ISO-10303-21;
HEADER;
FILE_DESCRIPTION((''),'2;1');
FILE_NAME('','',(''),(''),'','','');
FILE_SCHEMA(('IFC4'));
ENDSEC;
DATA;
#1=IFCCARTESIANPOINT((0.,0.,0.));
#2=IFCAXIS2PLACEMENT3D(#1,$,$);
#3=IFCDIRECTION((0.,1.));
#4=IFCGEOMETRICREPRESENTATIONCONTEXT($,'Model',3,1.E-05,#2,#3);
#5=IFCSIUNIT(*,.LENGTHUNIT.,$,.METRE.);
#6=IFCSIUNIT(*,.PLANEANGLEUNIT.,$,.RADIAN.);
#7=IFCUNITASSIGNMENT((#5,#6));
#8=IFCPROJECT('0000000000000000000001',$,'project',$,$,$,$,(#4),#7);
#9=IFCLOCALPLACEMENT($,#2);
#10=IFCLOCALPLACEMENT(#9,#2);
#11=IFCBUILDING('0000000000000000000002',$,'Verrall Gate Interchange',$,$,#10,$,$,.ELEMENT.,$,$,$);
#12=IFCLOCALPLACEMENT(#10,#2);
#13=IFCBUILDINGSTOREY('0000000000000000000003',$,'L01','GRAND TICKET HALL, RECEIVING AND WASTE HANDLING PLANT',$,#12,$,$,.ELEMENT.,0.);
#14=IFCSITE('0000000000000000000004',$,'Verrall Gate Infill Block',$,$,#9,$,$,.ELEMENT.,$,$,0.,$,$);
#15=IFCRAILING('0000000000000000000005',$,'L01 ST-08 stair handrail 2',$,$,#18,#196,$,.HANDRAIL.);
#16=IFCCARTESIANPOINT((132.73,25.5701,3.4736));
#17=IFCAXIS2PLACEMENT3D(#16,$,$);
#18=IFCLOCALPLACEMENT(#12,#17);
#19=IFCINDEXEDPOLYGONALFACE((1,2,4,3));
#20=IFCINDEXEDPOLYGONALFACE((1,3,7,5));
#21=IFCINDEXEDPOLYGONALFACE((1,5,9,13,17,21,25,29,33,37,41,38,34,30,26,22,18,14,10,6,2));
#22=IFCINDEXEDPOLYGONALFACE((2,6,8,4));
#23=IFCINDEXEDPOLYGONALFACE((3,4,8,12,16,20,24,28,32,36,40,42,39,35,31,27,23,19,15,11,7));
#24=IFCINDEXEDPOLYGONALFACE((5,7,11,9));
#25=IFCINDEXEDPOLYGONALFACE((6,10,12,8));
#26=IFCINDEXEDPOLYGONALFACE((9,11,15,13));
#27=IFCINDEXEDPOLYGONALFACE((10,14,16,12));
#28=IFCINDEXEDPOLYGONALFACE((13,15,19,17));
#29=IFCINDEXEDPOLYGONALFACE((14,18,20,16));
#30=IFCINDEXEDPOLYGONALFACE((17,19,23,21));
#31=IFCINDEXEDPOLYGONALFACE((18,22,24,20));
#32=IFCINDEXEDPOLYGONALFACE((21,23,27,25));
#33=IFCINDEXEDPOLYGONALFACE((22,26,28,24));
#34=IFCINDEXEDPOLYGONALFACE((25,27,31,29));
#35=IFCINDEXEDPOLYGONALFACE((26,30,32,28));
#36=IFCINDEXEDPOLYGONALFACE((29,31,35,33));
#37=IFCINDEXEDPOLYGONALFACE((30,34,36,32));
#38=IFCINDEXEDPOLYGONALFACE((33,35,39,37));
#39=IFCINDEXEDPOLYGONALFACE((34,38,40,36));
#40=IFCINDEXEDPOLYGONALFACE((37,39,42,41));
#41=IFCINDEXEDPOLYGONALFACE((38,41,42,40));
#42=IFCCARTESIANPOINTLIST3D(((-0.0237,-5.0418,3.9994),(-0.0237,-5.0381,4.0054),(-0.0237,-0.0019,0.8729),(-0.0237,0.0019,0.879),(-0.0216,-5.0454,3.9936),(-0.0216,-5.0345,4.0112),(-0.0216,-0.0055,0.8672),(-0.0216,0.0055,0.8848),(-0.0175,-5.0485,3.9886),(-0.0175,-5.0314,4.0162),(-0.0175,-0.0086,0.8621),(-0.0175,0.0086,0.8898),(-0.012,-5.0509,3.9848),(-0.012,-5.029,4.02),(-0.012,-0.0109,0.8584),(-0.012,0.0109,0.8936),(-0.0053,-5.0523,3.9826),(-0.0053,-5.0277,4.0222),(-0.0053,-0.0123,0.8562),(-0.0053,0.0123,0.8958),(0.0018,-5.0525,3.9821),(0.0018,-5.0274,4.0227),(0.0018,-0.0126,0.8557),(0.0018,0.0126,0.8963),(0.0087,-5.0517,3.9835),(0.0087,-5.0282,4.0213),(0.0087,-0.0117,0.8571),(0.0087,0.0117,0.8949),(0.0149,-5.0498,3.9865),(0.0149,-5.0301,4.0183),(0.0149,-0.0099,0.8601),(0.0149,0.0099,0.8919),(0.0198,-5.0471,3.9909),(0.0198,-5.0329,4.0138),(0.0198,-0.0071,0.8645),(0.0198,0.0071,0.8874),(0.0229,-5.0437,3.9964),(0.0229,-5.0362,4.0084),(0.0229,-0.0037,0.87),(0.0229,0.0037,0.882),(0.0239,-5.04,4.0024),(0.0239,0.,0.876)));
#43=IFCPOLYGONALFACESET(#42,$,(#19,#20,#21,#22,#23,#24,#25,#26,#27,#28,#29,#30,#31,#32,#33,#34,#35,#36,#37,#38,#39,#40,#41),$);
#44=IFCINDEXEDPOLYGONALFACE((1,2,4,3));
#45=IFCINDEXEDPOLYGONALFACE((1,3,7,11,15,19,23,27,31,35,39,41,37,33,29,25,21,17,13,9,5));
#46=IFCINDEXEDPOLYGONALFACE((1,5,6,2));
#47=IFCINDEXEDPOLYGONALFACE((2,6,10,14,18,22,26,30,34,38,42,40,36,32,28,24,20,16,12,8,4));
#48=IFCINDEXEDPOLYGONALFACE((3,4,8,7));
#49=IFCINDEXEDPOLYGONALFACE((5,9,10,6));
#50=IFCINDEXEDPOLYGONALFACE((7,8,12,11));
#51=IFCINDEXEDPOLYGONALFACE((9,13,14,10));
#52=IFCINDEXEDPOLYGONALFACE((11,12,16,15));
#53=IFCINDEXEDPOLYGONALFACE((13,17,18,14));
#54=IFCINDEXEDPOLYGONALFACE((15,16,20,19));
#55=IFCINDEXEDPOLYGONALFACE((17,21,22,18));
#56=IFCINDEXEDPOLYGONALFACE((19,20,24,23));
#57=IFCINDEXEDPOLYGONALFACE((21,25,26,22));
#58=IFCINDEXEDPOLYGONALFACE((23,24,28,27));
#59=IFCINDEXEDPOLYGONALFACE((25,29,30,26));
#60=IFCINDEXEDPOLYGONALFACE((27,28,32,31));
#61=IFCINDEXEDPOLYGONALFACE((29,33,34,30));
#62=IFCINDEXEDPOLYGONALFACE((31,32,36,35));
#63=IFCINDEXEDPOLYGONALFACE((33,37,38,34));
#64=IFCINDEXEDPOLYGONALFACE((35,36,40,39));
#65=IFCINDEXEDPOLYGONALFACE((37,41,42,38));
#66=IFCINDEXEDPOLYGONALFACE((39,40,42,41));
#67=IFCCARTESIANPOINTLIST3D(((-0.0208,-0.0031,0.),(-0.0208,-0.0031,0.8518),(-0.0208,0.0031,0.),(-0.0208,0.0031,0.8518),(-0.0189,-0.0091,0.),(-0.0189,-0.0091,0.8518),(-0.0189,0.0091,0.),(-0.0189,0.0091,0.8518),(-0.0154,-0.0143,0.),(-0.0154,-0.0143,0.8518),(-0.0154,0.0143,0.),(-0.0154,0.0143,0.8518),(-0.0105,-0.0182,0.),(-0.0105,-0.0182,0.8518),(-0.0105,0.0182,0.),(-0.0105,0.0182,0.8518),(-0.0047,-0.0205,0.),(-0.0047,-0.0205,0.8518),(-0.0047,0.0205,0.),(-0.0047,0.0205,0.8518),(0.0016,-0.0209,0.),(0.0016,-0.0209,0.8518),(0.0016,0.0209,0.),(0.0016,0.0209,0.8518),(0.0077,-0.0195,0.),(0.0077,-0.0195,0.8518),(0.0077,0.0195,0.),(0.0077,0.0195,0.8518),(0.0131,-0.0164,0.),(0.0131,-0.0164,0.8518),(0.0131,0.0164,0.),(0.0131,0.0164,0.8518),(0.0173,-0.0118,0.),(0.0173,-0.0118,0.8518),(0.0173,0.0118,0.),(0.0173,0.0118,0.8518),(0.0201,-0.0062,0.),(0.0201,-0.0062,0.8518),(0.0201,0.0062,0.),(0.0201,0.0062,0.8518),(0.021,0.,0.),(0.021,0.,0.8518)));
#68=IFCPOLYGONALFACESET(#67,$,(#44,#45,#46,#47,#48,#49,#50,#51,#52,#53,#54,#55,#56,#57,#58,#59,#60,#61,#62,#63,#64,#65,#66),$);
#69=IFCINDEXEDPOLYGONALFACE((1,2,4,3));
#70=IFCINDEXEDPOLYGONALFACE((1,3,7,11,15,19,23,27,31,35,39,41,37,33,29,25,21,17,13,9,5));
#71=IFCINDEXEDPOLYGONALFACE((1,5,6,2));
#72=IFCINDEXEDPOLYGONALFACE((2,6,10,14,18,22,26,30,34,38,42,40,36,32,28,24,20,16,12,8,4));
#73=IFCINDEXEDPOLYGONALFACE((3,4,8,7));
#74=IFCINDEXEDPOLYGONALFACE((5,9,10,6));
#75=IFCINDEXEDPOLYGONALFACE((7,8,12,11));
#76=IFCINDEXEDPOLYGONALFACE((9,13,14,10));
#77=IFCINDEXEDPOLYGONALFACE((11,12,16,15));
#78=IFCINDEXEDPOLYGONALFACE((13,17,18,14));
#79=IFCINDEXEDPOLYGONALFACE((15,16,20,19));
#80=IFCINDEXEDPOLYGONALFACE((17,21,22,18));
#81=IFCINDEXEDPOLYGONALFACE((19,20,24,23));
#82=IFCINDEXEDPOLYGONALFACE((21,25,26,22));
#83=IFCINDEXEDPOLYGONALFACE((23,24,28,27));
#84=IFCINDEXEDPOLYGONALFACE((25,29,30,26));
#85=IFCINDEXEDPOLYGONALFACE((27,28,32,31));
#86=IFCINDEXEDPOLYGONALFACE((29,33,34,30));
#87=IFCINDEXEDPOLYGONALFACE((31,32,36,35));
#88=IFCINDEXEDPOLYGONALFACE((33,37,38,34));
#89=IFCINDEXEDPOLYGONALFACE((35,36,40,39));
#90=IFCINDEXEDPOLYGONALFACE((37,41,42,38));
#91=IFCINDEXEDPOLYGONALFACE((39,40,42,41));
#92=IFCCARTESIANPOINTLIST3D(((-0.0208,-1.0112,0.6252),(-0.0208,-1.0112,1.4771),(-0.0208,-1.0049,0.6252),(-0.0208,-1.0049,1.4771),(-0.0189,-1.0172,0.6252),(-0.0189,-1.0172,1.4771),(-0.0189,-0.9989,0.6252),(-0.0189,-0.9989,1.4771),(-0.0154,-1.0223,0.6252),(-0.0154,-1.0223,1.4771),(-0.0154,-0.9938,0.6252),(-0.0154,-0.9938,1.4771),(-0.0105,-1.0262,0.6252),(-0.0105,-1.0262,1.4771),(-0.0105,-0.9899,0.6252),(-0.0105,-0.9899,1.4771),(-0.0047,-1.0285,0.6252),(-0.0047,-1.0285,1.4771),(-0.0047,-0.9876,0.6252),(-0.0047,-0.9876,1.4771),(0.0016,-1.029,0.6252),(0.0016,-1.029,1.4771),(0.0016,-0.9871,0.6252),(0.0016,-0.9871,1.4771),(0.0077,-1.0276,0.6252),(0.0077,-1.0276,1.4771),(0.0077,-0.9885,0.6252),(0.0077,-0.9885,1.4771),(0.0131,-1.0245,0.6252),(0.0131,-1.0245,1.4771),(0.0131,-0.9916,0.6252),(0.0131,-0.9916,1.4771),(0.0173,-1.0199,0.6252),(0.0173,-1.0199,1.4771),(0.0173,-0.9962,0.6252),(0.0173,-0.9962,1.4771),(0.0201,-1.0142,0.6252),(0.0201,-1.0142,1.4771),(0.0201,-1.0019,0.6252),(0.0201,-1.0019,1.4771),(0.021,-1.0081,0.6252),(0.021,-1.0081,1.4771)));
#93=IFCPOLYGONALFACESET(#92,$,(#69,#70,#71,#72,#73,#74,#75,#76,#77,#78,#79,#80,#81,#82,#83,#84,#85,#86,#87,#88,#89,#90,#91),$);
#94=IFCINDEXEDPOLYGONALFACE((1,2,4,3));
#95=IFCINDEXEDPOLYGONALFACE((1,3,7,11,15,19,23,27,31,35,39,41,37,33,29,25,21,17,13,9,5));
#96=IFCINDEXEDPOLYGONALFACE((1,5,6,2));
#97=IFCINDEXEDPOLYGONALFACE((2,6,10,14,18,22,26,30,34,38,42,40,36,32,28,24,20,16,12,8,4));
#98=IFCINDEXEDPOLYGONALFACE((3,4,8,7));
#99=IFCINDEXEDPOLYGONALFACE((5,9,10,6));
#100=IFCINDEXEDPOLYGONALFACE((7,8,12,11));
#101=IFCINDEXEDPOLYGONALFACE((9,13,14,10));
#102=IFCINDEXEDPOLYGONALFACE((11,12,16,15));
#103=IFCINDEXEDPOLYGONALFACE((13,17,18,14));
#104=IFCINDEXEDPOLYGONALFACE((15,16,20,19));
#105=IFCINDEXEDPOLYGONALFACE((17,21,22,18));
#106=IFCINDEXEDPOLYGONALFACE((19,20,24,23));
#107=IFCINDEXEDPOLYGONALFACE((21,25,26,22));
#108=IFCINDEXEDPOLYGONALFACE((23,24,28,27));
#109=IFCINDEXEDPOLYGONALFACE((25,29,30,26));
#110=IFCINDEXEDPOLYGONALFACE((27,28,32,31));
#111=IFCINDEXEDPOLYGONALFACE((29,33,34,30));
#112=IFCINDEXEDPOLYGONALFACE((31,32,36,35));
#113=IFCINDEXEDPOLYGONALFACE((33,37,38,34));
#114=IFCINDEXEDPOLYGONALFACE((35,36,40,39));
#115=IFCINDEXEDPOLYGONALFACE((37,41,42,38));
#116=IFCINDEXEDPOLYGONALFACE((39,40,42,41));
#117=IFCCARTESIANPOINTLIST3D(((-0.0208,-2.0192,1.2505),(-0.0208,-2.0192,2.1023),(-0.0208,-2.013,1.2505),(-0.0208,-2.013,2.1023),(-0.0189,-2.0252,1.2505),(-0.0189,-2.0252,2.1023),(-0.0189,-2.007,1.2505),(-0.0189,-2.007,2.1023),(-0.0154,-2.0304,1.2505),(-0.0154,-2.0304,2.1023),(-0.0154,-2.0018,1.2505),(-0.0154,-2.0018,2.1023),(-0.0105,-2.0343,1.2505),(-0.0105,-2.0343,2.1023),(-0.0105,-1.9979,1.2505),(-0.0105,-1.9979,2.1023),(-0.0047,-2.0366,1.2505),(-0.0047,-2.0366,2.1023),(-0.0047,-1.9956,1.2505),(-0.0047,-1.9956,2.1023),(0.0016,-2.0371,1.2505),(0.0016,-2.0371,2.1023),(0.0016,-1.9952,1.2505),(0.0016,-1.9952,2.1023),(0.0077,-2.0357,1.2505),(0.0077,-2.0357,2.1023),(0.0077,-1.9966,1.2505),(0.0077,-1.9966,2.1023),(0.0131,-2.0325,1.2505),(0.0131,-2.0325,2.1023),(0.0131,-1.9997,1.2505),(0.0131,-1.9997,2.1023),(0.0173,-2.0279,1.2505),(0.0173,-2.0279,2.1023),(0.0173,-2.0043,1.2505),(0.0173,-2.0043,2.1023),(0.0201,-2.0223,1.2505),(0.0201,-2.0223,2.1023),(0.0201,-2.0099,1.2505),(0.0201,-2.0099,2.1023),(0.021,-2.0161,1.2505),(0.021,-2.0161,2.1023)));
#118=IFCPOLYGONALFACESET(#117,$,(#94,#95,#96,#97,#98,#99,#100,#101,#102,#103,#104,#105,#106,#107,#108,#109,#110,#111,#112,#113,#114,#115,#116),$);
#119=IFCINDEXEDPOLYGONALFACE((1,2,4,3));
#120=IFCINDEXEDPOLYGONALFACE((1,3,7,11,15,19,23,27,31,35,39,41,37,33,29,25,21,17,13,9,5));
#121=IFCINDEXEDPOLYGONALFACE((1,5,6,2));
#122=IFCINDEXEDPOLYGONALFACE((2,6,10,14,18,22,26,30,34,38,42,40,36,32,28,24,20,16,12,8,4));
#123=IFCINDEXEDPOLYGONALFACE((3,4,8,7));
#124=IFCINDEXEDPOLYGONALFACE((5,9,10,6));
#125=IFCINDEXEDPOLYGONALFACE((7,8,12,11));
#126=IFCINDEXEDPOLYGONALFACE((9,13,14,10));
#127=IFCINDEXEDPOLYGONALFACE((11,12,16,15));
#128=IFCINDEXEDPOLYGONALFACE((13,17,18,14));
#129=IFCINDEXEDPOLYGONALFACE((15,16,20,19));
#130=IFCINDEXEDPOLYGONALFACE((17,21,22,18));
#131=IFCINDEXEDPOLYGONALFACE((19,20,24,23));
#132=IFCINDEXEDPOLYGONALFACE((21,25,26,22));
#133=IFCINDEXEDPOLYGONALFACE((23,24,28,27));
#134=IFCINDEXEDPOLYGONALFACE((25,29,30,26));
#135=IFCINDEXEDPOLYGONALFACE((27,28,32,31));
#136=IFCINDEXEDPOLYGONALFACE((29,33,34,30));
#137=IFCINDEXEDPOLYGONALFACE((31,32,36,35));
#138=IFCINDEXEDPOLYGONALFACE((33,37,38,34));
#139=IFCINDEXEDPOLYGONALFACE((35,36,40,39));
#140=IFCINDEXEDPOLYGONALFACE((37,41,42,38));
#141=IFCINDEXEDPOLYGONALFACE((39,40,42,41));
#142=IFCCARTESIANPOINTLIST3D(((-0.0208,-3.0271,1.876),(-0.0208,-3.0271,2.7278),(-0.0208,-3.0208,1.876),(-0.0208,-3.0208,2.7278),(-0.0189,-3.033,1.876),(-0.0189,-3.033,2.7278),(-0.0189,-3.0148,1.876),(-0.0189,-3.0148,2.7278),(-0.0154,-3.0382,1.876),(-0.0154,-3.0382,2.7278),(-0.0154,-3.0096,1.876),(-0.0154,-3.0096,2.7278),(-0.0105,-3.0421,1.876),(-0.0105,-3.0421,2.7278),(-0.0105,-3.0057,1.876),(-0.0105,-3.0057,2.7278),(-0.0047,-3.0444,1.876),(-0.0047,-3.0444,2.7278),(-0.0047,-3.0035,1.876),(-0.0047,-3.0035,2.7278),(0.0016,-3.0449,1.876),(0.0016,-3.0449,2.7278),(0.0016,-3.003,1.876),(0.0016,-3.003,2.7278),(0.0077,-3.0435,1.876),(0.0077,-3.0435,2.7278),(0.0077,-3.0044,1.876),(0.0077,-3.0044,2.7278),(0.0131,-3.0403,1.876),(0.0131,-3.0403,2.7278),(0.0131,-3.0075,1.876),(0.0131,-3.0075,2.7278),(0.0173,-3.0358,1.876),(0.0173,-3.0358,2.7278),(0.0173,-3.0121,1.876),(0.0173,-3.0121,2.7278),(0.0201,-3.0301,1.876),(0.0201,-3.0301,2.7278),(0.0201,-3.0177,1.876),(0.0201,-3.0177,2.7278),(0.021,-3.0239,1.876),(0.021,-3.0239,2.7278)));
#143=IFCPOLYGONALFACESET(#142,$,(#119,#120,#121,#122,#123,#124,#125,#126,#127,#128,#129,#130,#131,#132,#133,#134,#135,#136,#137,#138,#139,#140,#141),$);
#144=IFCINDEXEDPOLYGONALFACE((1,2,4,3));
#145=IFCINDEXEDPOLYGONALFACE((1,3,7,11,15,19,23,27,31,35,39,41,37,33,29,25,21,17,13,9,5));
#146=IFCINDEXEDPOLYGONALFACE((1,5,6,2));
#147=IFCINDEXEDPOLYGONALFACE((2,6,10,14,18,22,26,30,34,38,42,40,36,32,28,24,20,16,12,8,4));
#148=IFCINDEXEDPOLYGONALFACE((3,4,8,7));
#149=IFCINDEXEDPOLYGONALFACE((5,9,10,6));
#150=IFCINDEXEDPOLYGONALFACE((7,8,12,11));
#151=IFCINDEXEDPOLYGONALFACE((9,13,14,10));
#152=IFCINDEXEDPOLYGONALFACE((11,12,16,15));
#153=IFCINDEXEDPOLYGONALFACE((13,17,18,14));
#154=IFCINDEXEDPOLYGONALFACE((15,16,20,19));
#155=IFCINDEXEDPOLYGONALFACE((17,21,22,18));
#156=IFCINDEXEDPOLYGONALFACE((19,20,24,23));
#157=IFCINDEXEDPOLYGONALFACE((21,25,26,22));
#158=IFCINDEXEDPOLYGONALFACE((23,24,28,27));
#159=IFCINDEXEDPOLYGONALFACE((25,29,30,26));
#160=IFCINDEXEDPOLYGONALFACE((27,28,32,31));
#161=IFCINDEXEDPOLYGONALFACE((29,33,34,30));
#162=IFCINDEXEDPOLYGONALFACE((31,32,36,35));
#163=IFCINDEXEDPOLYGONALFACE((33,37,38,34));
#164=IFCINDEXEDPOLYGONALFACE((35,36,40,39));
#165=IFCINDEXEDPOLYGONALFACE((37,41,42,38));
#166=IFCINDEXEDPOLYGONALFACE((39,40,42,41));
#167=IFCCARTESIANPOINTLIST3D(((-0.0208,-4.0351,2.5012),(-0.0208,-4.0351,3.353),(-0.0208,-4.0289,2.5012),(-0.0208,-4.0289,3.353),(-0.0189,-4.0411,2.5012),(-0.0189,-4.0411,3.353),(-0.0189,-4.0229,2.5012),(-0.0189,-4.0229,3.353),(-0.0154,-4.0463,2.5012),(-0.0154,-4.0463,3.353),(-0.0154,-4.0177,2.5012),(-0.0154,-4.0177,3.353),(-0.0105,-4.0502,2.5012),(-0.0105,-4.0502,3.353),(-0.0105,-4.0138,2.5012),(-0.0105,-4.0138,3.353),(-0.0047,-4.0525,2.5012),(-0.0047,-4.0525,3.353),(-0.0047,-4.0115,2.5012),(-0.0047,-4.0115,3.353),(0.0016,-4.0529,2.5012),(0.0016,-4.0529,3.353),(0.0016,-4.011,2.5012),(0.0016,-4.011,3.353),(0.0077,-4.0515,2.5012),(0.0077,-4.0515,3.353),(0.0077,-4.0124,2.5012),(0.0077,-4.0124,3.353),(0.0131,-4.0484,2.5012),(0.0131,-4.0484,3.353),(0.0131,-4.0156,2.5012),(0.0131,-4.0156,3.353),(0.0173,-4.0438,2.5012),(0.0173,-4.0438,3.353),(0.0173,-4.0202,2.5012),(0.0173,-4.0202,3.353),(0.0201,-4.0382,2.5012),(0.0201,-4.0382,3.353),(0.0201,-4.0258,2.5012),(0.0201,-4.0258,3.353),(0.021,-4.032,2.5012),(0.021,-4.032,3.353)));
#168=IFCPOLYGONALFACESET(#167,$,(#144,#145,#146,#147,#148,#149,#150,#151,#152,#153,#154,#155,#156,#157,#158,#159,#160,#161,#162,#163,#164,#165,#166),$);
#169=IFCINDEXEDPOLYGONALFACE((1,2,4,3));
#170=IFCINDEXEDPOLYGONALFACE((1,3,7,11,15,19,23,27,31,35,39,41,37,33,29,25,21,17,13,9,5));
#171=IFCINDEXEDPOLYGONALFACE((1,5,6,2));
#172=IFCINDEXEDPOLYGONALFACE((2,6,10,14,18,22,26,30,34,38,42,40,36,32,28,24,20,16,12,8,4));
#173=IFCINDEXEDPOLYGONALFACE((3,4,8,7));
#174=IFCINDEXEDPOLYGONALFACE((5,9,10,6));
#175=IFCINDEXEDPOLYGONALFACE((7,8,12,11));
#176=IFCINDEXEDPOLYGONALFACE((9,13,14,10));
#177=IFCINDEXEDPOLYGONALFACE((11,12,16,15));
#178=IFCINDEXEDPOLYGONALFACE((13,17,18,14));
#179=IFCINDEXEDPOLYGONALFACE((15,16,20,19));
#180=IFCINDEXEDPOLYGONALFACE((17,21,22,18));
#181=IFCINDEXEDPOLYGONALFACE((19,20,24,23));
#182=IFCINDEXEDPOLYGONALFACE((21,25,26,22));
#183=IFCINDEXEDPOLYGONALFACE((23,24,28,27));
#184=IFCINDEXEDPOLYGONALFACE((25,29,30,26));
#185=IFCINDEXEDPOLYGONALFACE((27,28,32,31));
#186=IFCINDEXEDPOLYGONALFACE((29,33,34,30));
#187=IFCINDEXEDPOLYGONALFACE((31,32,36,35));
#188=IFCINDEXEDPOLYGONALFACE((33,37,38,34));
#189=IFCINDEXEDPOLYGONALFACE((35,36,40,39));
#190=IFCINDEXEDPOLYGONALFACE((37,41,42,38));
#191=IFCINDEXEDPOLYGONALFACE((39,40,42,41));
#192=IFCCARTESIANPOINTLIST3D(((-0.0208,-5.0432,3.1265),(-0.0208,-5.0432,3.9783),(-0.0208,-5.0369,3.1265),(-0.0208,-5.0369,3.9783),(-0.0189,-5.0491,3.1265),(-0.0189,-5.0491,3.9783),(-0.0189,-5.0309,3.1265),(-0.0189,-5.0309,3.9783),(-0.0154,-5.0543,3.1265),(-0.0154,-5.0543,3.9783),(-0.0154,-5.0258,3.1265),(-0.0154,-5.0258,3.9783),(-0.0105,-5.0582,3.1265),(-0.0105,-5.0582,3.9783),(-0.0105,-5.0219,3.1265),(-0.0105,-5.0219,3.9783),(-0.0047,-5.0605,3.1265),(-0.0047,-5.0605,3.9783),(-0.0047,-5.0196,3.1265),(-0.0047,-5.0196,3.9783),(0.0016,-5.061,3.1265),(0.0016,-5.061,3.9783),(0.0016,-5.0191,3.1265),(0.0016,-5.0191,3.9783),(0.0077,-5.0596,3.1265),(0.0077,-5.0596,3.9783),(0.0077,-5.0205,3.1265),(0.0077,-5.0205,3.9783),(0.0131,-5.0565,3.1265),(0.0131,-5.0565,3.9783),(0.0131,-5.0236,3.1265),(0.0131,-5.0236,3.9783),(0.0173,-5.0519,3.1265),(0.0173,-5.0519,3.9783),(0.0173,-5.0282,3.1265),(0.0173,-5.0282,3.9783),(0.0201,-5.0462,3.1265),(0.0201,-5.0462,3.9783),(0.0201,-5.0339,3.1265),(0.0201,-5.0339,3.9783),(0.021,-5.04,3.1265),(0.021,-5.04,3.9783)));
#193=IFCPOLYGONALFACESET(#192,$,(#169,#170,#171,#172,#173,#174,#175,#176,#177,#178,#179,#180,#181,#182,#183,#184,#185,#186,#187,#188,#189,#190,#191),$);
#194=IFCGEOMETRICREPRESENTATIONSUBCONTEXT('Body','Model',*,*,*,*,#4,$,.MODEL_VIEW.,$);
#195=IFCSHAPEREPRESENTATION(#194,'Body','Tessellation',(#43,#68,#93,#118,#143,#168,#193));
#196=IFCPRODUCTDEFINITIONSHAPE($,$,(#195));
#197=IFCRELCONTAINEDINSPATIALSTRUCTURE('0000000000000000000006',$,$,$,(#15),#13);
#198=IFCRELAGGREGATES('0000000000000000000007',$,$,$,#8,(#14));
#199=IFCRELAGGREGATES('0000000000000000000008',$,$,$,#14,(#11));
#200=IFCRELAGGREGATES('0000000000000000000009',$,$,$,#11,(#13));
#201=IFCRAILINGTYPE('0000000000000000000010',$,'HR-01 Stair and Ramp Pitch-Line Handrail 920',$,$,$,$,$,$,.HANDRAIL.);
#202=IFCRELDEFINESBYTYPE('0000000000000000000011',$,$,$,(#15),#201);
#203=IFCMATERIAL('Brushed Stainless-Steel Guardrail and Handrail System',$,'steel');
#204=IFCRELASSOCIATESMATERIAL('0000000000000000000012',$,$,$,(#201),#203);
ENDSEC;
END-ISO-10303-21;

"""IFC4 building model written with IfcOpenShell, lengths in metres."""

from ifc_helpers import new_model, si_unit, direction, frame, origin, origin_2d, place, context, subcontext, project, spatial, circle, extrude, material, type_object, element, save


model = new_model("IFC4")

# Units and contexts
model_context = context("Model", 3, precision=1e-05, world=origin(), true_north=direction((0.0, 1.0)))
body_context = subcontext(model_context, "Body", "Model", "MODEL_VIEW")
ifc_project = project(units=[si_unit("LENGTHUNIT", "METRE"), si_unit("PLANEANGLEUNIT", "RADIAN")], contexts=[model_context])

# Site, building, storey
site_placement = place(None, origin())
site = spatial("IfcSite", under=ifc_project, at=site_placement, Name="Verrall Gate Infill Block", CompositionType="ELEMENT", RefElevation=0.0)
building_placement = place(site_placement, origin())
building = spatial("IfcBuilding", under=site, at=building_placement, Name="Verrall Gate Interchange", CompositionType="ELEMENT")
storey_placement = place(building_placement, origin())
storey = spatial("IfcBuildingStorey", under=building, at=storey_placement, Name="L01", Description="GRAND TICKET HALL, RECEIVING AND WASTE HANDLING PLANT", CompositionType="ELEMENT", Elevation=0.0)

# Railing
ifc_material_1 = material(Name="Brushed Stainless-Steel Guardrail and Handrail System", Category="steel")
railing_type_1 = type_object("IfcRailingType", Name="HR-01 Stair and Ramp Pitch-Line Handrail 920", PredefinedType="HANDRAIL", material=ifc_material_1)
railing_1_placement = place(storey_placement, frame((132.73, 25.5701, 3.4736)))
element("IfcRailing", 1, at=railing_1_placement, inside=storey, type_object=railing_type_1, Name="L01 ST-08 stair handrail 2", PredefinedType="HANDRAIL", context=body_context, shape_type="SweptSolid", body=[
    extrude(circle(Radius=0.0239, at=origin_2d()), frame((0.0, 0.0, 0.876), z_axis=(0.0, -0.849779, 0.527139), x_axis=(1.0, 0.0, 0.0)), (0.0, 0.0, 1.0), 5.9309),
    extrude(circle(Radius=0.021, at=origin_2d()), origin(), (0.0, 0.0, 1.0), 0.8518),
    extrude(circle(Radius=0.021, at=origin_2d()), frame((0.0, -1.0081, 0.6252)), (0.0, 0.0, 1.0), 0.8518),
    extrude(circle(Radius=0.021, at=origin_2d()), frame((0.0, -2.0161, 1.2505)), (0.0, 0.0, 1.0), 0.8518),
    extrude(circle(Radius=0.021, at=origin_2d()), frame((0.0, -3.0239, 1.876)), (0.0, 0.0, 1.0), 0.8518),
    extrude(circle(Radius=0.021, at=origin_2d()), frame((0.0, -4.032, 2.5012)), (0.0, 0.0, 1.0), 0.8518),
    extrude(circle(Radius=0.021, at=origin_2d()), frame((0.0, -5.04, 3.1265)), (0.0, 0.0, 1.0), 0.8518),
])

save(model, "model.ifc")
